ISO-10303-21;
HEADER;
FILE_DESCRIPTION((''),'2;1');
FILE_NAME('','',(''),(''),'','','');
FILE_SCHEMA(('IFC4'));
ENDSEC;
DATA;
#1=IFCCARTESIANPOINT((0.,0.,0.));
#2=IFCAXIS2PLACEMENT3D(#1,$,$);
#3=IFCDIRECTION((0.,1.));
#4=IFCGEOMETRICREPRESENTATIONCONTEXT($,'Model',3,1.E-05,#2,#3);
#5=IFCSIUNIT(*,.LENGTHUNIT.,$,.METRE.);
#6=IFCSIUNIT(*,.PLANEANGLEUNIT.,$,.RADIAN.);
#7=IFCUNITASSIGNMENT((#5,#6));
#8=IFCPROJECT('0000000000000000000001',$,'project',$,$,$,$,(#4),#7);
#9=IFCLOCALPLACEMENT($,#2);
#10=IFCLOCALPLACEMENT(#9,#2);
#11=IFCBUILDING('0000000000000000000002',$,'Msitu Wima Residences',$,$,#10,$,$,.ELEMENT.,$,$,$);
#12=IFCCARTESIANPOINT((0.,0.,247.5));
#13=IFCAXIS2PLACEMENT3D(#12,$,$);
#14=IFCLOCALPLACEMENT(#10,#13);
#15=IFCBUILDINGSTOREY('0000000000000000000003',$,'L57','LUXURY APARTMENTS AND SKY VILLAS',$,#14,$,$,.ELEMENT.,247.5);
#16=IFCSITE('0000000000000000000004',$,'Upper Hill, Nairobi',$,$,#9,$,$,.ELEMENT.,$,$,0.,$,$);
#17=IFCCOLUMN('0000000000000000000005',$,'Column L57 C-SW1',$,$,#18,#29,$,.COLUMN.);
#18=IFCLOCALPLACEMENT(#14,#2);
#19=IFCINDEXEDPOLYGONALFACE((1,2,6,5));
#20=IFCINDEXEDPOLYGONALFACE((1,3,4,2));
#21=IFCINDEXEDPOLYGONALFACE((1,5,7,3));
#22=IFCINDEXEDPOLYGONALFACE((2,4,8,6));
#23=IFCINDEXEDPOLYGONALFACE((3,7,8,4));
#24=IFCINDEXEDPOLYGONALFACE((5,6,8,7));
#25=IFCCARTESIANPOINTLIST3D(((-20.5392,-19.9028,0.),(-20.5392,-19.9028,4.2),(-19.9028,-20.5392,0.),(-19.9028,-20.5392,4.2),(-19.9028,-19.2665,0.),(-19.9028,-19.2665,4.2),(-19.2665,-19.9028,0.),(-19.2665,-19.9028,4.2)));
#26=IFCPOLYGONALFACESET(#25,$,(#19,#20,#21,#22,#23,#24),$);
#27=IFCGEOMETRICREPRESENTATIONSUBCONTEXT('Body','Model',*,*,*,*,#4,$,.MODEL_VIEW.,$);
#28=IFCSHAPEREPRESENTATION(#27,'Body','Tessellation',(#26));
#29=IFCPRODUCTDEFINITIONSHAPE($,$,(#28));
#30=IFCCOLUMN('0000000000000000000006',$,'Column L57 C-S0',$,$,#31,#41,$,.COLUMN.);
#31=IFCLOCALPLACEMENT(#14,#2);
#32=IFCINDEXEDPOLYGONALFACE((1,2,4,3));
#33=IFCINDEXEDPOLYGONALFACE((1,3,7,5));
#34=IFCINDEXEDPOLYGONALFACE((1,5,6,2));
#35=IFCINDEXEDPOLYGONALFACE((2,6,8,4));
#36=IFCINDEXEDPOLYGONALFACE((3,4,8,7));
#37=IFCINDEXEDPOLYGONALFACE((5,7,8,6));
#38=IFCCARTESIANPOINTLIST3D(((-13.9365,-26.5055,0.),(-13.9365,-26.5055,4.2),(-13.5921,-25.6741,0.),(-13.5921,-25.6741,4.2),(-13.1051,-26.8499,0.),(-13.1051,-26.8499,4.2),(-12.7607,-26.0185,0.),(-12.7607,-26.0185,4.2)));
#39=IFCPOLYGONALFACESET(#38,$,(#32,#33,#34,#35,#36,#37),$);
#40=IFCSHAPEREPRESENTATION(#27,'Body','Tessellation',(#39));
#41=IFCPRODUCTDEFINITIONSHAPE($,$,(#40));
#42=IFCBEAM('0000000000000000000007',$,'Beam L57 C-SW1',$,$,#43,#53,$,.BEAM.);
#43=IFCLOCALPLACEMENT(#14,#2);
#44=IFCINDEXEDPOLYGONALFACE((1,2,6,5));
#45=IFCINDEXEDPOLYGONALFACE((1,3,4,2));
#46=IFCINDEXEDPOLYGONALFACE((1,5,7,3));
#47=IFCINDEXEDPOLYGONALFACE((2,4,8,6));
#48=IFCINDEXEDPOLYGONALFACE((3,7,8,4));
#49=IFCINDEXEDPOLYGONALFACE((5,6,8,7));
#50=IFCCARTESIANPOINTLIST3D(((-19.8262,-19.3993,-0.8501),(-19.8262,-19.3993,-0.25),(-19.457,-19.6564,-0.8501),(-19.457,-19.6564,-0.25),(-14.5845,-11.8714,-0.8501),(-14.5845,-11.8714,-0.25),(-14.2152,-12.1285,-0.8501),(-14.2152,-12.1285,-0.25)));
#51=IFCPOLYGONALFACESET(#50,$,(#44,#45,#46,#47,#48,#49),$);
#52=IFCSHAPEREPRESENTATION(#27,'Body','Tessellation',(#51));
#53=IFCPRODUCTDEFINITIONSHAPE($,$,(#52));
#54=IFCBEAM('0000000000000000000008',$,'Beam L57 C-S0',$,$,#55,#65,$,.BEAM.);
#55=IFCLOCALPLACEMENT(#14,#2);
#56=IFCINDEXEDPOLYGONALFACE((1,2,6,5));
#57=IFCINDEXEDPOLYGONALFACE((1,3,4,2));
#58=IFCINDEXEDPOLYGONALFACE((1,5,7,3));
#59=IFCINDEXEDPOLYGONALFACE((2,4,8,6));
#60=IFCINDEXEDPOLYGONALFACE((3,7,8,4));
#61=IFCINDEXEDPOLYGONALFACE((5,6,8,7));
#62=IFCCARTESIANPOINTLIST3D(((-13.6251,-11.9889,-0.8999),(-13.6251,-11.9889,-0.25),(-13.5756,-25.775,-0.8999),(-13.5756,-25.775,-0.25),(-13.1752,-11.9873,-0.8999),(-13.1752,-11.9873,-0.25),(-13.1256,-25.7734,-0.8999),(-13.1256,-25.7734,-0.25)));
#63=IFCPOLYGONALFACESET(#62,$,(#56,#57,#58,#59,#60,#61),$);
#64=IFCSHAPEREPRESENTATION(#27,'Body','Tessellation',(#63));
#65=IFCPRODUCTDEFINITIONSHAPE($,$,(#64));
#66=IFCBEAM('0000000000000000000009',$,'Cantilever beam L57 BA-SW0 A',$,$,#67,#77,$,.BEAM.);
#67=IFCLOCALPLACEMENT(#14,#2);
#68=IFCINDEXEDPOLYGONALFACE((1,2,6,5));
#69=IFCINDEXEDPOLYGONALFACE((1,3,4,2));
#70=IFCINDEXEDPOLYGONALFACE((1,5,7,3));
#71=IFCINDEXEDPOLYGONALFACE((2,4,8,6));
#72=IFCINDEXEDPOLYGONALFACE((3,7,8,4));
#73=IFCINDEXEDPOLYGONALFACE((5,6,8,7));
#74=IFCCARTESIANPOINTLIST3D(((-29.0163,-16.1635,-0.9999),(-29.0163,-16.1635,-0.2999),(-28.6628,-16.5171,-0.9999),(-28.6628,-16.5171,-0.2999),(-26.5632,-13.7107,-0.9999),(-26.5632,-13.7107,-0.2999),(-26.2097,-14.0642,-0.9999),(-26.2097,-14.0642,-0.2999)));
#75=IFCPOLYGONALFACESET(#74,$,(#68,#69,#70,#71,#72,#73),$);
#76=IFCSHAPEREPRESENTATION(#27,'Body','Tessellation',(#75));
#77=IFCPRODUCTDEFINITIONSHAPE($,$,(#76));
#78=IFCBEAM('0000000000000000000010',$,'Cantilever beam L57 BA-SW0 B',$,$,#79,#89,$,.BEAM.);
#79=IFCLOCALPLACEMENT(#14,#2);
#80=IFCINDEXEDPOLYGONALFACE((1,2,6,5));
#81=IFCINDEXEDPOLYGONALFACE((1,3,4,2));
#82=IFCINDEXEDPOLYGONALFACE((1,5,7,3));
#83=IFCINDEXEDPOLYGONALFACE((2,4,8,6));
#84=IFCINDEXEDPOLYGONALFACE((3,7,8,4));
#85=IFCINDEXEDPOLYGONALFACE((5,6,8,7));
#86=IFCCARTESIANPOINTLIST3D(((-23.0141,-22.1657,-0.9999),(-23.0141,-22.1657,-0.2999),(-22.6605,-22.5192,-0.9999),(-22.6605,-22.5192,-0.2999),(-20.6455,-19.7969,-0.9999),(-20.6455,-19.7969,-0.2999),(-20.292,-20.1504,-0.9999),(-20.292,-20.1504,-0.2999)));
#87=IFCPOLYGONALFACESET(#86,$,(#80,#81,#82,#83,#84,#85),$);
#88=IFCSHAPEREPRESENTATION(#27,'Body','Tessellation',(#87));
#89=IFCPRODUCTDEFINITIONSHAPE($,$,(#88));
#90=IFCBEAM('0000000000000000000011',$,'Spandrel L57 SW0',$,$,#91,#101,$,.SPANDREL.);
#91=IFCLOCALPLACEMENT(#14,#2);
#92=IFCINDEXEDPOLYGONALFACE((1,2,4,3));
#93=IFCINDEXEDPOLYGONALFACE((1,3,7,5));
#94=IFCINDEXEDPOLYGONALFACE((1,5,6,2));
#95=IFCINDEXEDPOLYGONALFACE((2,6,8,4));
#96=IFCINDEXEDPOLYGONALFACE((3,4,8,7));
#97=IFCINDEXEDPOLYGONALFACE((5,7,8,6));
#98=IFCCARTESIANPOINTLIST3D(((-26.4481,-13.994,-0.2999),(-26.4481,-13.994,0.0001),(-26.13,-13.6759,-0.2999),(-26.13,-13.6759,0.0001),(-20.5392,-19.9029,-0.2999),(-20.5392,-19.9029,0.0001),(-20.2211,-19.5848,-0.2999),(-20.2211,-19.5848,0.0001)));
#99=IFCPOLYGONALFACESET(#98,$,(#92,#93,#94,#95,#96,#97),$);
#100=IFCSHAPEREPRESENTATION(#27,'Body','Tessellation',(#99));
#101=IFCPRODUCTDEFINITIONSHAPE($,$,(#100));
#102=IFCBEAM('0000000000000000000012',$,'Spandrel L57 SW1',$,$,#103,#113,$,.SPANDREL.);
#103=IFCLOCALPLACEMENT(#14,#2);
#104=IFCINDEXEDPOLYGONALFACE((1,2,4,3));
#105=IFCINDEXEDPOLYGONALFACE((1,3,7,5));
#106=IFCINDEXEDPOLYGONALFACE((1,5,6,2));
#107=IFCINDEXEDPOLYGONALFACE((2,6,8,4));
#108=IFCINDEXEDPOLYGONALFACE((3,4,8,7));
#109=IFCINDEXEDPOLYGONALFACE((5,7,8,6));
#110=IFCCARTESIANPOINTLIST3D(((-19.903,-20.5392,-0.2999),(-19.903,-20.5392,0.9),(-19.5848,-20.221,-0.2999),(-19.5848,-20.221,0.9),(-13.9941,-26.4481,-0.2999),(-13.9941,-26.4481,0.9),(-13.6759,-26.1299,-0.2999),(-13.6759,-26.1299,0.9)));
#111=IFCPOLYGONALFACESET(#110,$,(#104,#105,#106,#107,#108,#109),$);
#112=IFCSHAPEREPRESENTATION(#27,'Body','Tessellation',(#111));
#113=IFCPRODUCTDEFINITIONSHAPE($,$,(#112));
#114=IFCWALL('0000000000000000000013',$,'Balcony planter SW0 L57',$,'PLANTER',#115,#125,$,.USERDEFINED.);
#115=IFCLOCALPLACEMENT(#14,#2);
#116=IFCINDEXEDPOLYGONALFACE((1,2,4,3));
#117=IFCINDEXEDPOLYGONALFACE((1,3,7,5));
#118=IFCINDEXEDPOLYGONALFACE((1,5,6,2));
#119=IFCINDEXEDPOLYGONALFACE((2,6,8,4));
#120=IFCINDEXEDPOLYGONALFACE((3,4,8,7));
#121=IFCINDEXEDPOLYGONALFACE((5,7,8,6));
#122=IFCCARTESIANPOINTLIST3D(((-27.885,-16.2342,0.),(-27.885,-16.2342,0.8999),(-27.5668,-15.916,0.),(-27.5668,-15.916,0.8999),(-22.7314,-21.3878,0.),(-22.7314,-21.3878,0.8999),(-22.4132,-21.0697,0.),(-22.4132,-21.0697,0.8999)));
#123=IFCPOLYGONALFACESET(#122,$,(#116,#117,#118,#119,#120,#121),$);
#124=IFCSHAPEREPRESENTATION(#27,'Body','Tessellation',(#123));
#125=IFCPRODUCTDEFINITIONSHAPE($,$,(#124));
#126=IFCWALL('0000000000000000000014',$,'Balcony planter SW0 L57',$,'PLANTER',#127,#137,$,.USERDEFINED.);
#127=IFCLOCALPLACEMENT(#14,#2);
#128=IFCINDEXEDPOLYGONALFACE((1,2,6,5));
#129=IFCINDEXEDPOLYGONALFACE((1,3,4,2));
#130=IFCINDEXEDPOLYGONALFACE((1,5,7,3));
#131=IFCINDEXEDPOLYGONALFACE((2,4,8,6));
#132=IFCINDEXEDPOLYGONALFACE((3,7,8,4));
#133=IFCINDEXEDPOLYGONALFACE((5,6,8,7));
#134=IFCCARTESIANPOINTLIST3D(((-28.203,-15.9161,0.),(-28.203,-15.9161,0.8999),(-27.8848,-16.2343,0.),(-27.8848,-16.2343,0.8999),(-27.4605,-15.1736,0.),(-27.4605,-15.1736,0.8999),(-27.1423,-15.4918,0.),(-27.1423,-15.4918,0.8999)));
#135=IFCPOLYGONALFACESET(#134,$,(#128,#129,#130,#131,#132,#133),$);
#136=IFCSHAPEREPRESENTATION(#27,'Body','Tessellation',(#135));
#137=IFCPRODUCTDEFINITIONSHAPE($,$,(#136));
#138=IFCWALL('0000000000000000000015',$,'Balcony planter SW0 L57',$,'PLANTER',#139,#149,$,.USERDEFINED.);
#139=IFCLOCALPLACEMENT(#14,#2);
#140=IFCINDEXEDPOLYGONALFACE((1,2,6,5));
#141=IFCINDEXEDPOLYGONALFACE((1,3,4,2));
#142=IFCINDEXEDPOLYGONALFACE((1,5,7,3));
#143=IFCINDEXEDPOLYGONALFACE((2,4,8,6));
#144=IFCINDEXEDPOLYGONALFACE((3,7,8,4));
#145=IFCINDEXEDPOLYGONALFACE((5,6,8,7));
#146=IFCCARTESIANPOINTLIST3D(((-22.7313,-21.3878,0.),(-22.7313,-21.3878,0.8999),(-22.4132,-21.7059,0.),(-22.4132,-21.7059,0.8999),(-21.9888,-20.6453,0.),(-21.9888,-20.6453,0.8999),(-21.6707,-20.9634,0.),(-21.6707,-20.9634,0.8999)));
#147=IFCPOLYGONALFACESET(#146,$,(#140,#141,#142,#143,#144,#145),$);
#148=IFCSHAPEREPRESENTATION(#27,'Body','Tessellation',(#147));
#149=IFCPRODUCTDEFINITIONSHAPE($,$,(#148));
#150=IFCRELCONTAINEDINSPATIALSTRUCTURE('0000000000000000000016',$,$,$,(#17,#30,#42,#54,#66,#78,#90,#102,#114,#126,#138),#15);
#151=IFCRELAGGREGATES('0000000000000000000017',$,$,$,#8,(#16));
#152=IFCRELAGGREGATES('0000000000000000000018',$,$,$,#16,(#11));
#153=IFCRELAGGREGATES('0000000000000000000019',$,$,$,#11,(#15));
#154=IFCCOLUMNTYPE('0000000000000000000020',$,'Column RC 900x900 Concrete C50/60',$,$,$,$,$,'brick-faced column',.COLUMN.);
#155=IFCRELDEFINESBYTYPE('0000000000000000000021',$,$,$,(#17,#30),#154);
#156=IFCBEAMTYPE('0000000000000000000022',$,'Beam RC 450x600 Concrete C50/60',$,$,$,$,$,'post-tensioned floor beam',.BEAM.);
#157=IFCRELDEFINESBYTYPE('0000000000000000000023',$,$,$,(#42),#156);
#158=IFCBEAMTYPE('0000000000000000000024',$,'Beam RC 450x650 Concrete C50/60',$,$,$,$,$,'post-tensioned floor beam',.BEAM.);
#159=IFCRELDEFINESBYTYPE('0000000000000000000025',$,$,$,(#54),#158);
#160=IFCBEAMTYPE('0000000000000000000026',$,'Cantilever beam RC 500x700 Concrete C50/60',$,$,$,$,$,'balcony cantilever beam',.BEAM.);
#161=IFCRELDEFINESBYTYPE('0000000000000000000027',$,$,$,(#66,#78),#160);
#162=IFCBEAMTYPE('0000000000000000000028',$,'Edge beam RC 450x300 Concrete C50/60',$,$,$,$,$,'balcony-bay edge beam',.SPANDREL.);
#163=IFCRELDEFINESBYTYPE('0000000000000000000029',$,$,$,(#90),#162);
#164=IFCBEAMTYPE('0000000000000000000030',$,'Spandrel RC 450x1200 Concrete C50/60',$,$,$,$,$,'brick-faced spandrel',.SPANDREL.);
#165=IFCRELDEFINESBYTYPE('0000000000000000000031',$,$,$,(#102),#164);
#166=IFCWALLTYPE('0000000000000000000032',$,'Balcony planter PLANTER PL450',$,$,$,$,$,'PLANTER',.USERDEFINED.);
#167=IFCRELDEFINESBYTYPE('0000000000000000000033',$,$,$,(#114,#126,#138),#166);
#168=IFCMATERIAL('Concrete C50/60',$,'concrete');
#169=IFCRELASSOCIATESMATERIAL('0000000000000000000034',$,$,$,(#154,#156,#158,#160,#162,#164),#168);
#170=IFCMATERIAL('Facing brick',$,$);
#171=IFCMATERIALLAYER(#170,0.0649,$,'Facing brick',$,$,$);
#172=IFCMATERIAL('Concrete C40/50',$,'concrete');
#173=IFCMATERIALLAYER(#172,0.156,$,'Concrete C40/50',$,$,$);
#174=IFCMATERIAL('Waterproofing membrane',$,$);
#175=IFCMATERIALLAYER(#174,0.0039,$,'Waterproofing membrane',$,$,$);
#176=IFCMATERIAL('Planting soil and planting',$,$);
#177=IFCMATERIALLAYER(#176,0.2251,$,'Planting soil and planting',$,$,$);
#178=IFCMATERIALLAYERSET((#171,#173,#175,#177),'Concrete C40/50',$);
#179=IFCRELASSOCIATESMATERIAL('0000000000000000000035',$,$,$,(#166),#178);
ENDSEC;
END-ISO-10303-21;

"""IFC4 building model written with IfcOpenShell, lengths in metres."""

from ifc_helpers import new_model, si_unit, direction, frame, frame_2d, origin, origin_2d, place, context, subcontext, project, spatial, rectangle, extrude, material, layer, layer_set, material_profile, profile_set, type_object, element, save


model = new_model("IFC4")

# Units and contexts
model_context = context("Model", 3, precision=1e-05, world=origin(), true_north=direction((0.0, 1.0)))
body_context = subcontext(model_context, "Body", "Model", "MODEL_VIEW")
ifc_project = project(units=[si_unit("LENGTHUNIT", "METRE"), si_unit("PLANEANGLEUNIT", "RADIAN")], contexts=[model_context])

# Site, building, storey
site_placement = place(None, origin())
site = spatial("IfcSite", under=ifc_project, at=site_placement, Name="Upper Hill, Nairobi", CompositionType="ELEMENT", RefElevation=0.0)
building_placement = place(site_placement, origin())
building = spatial("IfcBuilding", under=site, at=building_placement, Name="Msitu Wima Residences", CompositionType="ELEMENT")
storey_placement = place(building_placement, frame((0.0, 0.0, 247.5)))
storey = spatial("IfcBuildingStorey", under=building, at=storey_placement, Name="L57", Description="LUXURY APARTMENTS AND SKY VILLAS", CompositionType="ELEMENT", Elevation=247.5)

# Columns
ifc_material_1 = material(Name="Concrete C50/60", Category="concrete")
ifc_material_profile_1 = material_profile(ifc_material_1, rectangle(XDim=0.8999, YDim=0.8999, at=origin_2d()), Name="RC 900x900")
ifc_profile_set_1 = profile_set([ifc_material_profile_1], Name="Concrete C50/60")
column_type = type_object("IfcColumnType", Name="Column RC 900x900 Concrete C50/60", ElementType="brick-faced column", PredefinedType="COLUMN", material=ifc_profile_set_1)
for number, where, z_axis, x_axis, name in (
    (1, (-19.9028, -19.9028, 0.0), (0.0, 0.0, 1.0), (0.707107, -0.707107, 0.0), "Column L57 C-SW1"),
    (2, (-13.3486, -26.262, 0.0), (0.0, 0.0, 1.0), (0.92388, -0.382683, 0.0), "Column L57 C-S0"),
):
    element("IfcColumn", number, at=place(storey_placement, frame(where, z_axis=z_axis, x_axis=x_axis)), inside=storey, type_object=column_type, Name=name, PredefinedType="COLUMN", context=body_context, shape_type="SweptSolid", body=[
        extrude(rectangle(XDim=0.8999, YDim=0.8999, at=origin_2d()), origin(), (0.0, 0.0, 1.0), 4.2),
    ])

# Beams
ifc_material_profile_2 = material_profile(ifc_material_1, rectangle(XDim=0.45, YDim=0.6001, at=origin_2d()), Name="RC 450x600")
ifc_profile_set_2 = profile_set([ifc_material_profile_2], Name="Concrete C50/60")
beam_type_1 = type_object("IfcBeamType", Name="Beam RC 450x600 Concrete C50/60", ElementType="post-tensioned floor beam", PredefinedType="BEAM", material=ifc_profile_set_2)
beam_1_placement = place(storey_placement, frame((-19.6416, -19.5278, -0.55), z_axis=(0.571428, 0.820652, 0.0), x_axis=(-0.820652, 0.571428, 0.0)))
element("IfcBeam", 3, at=beam_1_placement, inside=storey, type_object=beam_type_1, Name="Beam L57 C-SW1", PredefinedType="BEAM", context=body_context, shape_type="SweptSolid", body=[
    extrude(rectangle(XDim=0.45, YDim=0.6001, at=origin_2d()), origin(), (0.0, 0.0, 1.0), 9.1731),
])
ifc_material_profile_3 = material_profile(ifc_material_1, rectangle(XDim=0.45, YDim=0.6499, at=origin_2d()), Name="RC 450x650")
ifc_profile_set_3 = profile_set([ifc_material_profile_3], Name="Concrete C50/60")
beam_type_2 = type_object("IfcBeamType", Name="Beam RC 450x650 Concrete C50/60", ElementType="post-tensioned floor beam", PredefinedType="BEAM", material=ifc_profile_set_3)
beam_2_placement = place(storey_placement, frame((-13.3506, -25.7742, -0.575), z_axis=(-0.003595, 0.999994, 0.0), x_axis=(-0.999994, -0.003595, 0.0)))
element("IfcBeam", 4, at=beam_2_placement, inside=storey, type_object=beam_type_2, Name="Beam L57 C-S0", PredefinedType="BEAM", context=body_context, shape_type="SweptSolid", body=[
    extrude(rectangle(XDim=0.45, YDim=0.6499, at=origin_2d()), origin(), (0.0, 0.0, 1.0), 13.7861),
])
ifc_material_profile_4 = material_profile(ifc_material_1, rectangle(XDim=0.5, YDim=0.7, at=origin_2d()), Name="RC 500x700")
ifc_profile_set_4 = profile_set([ifc_material_profile_4], Name="Concrete C50/60")
beam_type_3 = type_object("IfcBeamType", Name="Cantilever beam RC 500x700 Concrete C50/60", ElementType="balcony cantilever beam", PredefinedType="BEAM", material=ifc_profile_set_4)
beam_3_placement = place(storey_placement, frame((-26.3865, -13.8875, -0.6499), z_axis=(-0.707142, -0.707072, 0.0), x_axis=(0.707072, -0.707142, 0.0)))
element("IfcBeam", 5, at=beam_3_placement, inside=storey, type_object=beam_type_3, Name="Cantilever beam L57 BA-SW0 A", PredefinedType="BEAM", context=body_context, shape_type="SweptSolid", body=[
    extrude(rectangle(XDim=0.5, YDim=0.7, at=origin_2d()), origin(), (0.0, 0.0, 1.0), 3.469),
])
beam_4_placement = place(storey_placement, frame((-20.4688, -19.9736, -0.6499), z_axis=(-0.70707, -0.707143, 0.0), x_axis=(0.707143, -0.70707, 0.0)))
element("IfcBeam", 6, at=beam_4_placement, inside=storey, type_object=beam_type_3, Name="Cantilever beam L57 BA-SW0 B", PredefinedType="BEAM", context=body_context, shape_type="SweptSolid", body=[
    extrude(rectangle(XDim=0.5, YDim=0.7, at=origin_2d()), origin(), (0.0, 0.0, 1.0), 3.3499),
])
ifc_material_profile_5 = material_profile(ifc_material_1, rectangle(XDim=0.45, YDim=0.3, at=origin_2d()), Name="RC 450x300")
ifc_profile_set_5 = profile_set([ifc_material_profile_5], Name="Concrete C50/60")
beam_type_4 = type_object("IfcBeamType", Name="Edge beam RC 450x300 Concrete C50/60", ElementType="balcony-bay edge beam", PredefinedType="SPANDREL", material=ifc_profile_set_5)
beam_5_placement = place(storey_placement, frame((-26.2891, -13.835, -0.1499), z_axis=(0.707107, -0.707107, 0.0), x_axis=(0.707107, 0.707107, 0.0)))
element("IfcBeam", 7, at=beam_5_placement, inside=storey, type_object=beam_type_4, Name="Spandrel L57 SW0", PredefinedType="SPANDREL", context=body_context, shape_type="SweptSolid", body=[
    extrude(rectangle(XDim=0.45, YDim=0.3, at=origin_2d()), origin(), (0.0, 0.0, 1.0), 8.3564),
])
ifc_material_profile_6 = material_profile(ifc_material_1, rectangle(XDim=0.45, YDim=1.2, at=origin_2d()), Name="RC 450x1200")
ifc_profile_set_6 = profile_set([ifc_material_profile_6], Name="Concrete C50/60")
beam_type_5 = type_object("IfcBeamType", Name="Spandrel RC 450x1200 Concrete C50/60", ElementType="brick-faced spandrel", PredefinedType="SPANDREL", material=ifc_profile_set_6)
beam_6_placement = place(storey_placement, frame((-19.7439, -20.3801, 0.3), z_axis=(0.707107, -0.707107, 0.0), x_axis=(0.707107, 0.707107, 0.0)))
element("IfcBeam", 8, at=beam_6_placement, inside=storey, type_object=beam_type_5, Name="Spandrel L57 SW1", PredefinedType="SPANDREL", context=body_context, shape_type="SweptSolid", body=[
    extrude(rectangle(XDim=0.45, YDim=1.2, at=origin_2d()), origin(), (0.0, 0.0, 1.0), 8.3564),
])

# Walls
ifc_material_2 = material(Name="Facing brick")
ifc_layer_1 = layer(ifc_material_2, 0.0649, Name="Facing brick")
ifc_material_3 = material(Name="Concrete C40/50", Category="concrete")
ifc_layer_2 = layer(ifc_material_3, 0.156, Name="Concrete C40/50")
ifc_material_4 = material(Name="Waterproofing membrane")
ifc_layer_3 = layer(ifc_material_4, 0.0039, Name="Waterproofing membrane")
ifc_material_5 = material(Name="Planting soil and planting")
ifc_layer_4 = layer(ifc_material_5, 0.2251, Name="Planting soil and planting")
ifc_layer_set_1 = layer_set([ifc_layer_1, ifc_layer_2, ifc_layer_3, ifc_layer_4], Name="Concrete C40/50")
wall_type_1 = type_object("IfcWallType", Name="Balcony planter PLANTER PL450", ElementType="PLANTER", PredefinedType="USERDEFINED", material=ifc_layer_set_1)
wall_1_placement = place(storey_placement, frame((-27.7258, -16.0752, 0.0), z_axis=(0.0, 0.0, 1.0), x_axis=(0.707107, -0.707107, 0.0)))
element("IfcWall", 9, at=wall_1_placement, inside=storey, type_object=wall_type_1, Name="Balcony planter SW0 L57", ObjectType="PLANTER", PredefinedType="USERDEFINED", context=body_context, shape_type="SweptSolid", body=[
    extrude(rectangle(XDim=7.2883, YDim=0.45, at=frame_2d((3.644, 0.0))), origin(), (0.0, 0.0, 1.0), 0.8999),
])
for number, where, z_axis, x_axis, name in (
    (10, (-27.3015, -15.3328, 0.0), (0.0, 0.0, 1.0), (-0.707107, -0.707107, 0.0), "Balcony planter SW0 L57"),
    (11, (-21.8298, -20.8044, 0.0), (0.0, 0.0, 1.0), (-0.707107, -0.707107, 0.0), "Balcony planter SW0 L57"),
):
    element("IfcWall", number, at=place(storey_placement, frame(where, z_axis=z_axis, x_axis=x_axis)), inside=storey, type_object=wall_type_1, Name=name, ObjectType="PLANTER", PredefinedType="USERDEFINED", context=body_context, shape_type="SweptSolid", body=[
        extrude(rectangle(XDim=1.05, YDim=0.45, at=frame_2d((0.5249, 0.0))), origin(), (0.0, 0.0, 1.0), 0.8999),
    ])

save(model, "model.ifc")
